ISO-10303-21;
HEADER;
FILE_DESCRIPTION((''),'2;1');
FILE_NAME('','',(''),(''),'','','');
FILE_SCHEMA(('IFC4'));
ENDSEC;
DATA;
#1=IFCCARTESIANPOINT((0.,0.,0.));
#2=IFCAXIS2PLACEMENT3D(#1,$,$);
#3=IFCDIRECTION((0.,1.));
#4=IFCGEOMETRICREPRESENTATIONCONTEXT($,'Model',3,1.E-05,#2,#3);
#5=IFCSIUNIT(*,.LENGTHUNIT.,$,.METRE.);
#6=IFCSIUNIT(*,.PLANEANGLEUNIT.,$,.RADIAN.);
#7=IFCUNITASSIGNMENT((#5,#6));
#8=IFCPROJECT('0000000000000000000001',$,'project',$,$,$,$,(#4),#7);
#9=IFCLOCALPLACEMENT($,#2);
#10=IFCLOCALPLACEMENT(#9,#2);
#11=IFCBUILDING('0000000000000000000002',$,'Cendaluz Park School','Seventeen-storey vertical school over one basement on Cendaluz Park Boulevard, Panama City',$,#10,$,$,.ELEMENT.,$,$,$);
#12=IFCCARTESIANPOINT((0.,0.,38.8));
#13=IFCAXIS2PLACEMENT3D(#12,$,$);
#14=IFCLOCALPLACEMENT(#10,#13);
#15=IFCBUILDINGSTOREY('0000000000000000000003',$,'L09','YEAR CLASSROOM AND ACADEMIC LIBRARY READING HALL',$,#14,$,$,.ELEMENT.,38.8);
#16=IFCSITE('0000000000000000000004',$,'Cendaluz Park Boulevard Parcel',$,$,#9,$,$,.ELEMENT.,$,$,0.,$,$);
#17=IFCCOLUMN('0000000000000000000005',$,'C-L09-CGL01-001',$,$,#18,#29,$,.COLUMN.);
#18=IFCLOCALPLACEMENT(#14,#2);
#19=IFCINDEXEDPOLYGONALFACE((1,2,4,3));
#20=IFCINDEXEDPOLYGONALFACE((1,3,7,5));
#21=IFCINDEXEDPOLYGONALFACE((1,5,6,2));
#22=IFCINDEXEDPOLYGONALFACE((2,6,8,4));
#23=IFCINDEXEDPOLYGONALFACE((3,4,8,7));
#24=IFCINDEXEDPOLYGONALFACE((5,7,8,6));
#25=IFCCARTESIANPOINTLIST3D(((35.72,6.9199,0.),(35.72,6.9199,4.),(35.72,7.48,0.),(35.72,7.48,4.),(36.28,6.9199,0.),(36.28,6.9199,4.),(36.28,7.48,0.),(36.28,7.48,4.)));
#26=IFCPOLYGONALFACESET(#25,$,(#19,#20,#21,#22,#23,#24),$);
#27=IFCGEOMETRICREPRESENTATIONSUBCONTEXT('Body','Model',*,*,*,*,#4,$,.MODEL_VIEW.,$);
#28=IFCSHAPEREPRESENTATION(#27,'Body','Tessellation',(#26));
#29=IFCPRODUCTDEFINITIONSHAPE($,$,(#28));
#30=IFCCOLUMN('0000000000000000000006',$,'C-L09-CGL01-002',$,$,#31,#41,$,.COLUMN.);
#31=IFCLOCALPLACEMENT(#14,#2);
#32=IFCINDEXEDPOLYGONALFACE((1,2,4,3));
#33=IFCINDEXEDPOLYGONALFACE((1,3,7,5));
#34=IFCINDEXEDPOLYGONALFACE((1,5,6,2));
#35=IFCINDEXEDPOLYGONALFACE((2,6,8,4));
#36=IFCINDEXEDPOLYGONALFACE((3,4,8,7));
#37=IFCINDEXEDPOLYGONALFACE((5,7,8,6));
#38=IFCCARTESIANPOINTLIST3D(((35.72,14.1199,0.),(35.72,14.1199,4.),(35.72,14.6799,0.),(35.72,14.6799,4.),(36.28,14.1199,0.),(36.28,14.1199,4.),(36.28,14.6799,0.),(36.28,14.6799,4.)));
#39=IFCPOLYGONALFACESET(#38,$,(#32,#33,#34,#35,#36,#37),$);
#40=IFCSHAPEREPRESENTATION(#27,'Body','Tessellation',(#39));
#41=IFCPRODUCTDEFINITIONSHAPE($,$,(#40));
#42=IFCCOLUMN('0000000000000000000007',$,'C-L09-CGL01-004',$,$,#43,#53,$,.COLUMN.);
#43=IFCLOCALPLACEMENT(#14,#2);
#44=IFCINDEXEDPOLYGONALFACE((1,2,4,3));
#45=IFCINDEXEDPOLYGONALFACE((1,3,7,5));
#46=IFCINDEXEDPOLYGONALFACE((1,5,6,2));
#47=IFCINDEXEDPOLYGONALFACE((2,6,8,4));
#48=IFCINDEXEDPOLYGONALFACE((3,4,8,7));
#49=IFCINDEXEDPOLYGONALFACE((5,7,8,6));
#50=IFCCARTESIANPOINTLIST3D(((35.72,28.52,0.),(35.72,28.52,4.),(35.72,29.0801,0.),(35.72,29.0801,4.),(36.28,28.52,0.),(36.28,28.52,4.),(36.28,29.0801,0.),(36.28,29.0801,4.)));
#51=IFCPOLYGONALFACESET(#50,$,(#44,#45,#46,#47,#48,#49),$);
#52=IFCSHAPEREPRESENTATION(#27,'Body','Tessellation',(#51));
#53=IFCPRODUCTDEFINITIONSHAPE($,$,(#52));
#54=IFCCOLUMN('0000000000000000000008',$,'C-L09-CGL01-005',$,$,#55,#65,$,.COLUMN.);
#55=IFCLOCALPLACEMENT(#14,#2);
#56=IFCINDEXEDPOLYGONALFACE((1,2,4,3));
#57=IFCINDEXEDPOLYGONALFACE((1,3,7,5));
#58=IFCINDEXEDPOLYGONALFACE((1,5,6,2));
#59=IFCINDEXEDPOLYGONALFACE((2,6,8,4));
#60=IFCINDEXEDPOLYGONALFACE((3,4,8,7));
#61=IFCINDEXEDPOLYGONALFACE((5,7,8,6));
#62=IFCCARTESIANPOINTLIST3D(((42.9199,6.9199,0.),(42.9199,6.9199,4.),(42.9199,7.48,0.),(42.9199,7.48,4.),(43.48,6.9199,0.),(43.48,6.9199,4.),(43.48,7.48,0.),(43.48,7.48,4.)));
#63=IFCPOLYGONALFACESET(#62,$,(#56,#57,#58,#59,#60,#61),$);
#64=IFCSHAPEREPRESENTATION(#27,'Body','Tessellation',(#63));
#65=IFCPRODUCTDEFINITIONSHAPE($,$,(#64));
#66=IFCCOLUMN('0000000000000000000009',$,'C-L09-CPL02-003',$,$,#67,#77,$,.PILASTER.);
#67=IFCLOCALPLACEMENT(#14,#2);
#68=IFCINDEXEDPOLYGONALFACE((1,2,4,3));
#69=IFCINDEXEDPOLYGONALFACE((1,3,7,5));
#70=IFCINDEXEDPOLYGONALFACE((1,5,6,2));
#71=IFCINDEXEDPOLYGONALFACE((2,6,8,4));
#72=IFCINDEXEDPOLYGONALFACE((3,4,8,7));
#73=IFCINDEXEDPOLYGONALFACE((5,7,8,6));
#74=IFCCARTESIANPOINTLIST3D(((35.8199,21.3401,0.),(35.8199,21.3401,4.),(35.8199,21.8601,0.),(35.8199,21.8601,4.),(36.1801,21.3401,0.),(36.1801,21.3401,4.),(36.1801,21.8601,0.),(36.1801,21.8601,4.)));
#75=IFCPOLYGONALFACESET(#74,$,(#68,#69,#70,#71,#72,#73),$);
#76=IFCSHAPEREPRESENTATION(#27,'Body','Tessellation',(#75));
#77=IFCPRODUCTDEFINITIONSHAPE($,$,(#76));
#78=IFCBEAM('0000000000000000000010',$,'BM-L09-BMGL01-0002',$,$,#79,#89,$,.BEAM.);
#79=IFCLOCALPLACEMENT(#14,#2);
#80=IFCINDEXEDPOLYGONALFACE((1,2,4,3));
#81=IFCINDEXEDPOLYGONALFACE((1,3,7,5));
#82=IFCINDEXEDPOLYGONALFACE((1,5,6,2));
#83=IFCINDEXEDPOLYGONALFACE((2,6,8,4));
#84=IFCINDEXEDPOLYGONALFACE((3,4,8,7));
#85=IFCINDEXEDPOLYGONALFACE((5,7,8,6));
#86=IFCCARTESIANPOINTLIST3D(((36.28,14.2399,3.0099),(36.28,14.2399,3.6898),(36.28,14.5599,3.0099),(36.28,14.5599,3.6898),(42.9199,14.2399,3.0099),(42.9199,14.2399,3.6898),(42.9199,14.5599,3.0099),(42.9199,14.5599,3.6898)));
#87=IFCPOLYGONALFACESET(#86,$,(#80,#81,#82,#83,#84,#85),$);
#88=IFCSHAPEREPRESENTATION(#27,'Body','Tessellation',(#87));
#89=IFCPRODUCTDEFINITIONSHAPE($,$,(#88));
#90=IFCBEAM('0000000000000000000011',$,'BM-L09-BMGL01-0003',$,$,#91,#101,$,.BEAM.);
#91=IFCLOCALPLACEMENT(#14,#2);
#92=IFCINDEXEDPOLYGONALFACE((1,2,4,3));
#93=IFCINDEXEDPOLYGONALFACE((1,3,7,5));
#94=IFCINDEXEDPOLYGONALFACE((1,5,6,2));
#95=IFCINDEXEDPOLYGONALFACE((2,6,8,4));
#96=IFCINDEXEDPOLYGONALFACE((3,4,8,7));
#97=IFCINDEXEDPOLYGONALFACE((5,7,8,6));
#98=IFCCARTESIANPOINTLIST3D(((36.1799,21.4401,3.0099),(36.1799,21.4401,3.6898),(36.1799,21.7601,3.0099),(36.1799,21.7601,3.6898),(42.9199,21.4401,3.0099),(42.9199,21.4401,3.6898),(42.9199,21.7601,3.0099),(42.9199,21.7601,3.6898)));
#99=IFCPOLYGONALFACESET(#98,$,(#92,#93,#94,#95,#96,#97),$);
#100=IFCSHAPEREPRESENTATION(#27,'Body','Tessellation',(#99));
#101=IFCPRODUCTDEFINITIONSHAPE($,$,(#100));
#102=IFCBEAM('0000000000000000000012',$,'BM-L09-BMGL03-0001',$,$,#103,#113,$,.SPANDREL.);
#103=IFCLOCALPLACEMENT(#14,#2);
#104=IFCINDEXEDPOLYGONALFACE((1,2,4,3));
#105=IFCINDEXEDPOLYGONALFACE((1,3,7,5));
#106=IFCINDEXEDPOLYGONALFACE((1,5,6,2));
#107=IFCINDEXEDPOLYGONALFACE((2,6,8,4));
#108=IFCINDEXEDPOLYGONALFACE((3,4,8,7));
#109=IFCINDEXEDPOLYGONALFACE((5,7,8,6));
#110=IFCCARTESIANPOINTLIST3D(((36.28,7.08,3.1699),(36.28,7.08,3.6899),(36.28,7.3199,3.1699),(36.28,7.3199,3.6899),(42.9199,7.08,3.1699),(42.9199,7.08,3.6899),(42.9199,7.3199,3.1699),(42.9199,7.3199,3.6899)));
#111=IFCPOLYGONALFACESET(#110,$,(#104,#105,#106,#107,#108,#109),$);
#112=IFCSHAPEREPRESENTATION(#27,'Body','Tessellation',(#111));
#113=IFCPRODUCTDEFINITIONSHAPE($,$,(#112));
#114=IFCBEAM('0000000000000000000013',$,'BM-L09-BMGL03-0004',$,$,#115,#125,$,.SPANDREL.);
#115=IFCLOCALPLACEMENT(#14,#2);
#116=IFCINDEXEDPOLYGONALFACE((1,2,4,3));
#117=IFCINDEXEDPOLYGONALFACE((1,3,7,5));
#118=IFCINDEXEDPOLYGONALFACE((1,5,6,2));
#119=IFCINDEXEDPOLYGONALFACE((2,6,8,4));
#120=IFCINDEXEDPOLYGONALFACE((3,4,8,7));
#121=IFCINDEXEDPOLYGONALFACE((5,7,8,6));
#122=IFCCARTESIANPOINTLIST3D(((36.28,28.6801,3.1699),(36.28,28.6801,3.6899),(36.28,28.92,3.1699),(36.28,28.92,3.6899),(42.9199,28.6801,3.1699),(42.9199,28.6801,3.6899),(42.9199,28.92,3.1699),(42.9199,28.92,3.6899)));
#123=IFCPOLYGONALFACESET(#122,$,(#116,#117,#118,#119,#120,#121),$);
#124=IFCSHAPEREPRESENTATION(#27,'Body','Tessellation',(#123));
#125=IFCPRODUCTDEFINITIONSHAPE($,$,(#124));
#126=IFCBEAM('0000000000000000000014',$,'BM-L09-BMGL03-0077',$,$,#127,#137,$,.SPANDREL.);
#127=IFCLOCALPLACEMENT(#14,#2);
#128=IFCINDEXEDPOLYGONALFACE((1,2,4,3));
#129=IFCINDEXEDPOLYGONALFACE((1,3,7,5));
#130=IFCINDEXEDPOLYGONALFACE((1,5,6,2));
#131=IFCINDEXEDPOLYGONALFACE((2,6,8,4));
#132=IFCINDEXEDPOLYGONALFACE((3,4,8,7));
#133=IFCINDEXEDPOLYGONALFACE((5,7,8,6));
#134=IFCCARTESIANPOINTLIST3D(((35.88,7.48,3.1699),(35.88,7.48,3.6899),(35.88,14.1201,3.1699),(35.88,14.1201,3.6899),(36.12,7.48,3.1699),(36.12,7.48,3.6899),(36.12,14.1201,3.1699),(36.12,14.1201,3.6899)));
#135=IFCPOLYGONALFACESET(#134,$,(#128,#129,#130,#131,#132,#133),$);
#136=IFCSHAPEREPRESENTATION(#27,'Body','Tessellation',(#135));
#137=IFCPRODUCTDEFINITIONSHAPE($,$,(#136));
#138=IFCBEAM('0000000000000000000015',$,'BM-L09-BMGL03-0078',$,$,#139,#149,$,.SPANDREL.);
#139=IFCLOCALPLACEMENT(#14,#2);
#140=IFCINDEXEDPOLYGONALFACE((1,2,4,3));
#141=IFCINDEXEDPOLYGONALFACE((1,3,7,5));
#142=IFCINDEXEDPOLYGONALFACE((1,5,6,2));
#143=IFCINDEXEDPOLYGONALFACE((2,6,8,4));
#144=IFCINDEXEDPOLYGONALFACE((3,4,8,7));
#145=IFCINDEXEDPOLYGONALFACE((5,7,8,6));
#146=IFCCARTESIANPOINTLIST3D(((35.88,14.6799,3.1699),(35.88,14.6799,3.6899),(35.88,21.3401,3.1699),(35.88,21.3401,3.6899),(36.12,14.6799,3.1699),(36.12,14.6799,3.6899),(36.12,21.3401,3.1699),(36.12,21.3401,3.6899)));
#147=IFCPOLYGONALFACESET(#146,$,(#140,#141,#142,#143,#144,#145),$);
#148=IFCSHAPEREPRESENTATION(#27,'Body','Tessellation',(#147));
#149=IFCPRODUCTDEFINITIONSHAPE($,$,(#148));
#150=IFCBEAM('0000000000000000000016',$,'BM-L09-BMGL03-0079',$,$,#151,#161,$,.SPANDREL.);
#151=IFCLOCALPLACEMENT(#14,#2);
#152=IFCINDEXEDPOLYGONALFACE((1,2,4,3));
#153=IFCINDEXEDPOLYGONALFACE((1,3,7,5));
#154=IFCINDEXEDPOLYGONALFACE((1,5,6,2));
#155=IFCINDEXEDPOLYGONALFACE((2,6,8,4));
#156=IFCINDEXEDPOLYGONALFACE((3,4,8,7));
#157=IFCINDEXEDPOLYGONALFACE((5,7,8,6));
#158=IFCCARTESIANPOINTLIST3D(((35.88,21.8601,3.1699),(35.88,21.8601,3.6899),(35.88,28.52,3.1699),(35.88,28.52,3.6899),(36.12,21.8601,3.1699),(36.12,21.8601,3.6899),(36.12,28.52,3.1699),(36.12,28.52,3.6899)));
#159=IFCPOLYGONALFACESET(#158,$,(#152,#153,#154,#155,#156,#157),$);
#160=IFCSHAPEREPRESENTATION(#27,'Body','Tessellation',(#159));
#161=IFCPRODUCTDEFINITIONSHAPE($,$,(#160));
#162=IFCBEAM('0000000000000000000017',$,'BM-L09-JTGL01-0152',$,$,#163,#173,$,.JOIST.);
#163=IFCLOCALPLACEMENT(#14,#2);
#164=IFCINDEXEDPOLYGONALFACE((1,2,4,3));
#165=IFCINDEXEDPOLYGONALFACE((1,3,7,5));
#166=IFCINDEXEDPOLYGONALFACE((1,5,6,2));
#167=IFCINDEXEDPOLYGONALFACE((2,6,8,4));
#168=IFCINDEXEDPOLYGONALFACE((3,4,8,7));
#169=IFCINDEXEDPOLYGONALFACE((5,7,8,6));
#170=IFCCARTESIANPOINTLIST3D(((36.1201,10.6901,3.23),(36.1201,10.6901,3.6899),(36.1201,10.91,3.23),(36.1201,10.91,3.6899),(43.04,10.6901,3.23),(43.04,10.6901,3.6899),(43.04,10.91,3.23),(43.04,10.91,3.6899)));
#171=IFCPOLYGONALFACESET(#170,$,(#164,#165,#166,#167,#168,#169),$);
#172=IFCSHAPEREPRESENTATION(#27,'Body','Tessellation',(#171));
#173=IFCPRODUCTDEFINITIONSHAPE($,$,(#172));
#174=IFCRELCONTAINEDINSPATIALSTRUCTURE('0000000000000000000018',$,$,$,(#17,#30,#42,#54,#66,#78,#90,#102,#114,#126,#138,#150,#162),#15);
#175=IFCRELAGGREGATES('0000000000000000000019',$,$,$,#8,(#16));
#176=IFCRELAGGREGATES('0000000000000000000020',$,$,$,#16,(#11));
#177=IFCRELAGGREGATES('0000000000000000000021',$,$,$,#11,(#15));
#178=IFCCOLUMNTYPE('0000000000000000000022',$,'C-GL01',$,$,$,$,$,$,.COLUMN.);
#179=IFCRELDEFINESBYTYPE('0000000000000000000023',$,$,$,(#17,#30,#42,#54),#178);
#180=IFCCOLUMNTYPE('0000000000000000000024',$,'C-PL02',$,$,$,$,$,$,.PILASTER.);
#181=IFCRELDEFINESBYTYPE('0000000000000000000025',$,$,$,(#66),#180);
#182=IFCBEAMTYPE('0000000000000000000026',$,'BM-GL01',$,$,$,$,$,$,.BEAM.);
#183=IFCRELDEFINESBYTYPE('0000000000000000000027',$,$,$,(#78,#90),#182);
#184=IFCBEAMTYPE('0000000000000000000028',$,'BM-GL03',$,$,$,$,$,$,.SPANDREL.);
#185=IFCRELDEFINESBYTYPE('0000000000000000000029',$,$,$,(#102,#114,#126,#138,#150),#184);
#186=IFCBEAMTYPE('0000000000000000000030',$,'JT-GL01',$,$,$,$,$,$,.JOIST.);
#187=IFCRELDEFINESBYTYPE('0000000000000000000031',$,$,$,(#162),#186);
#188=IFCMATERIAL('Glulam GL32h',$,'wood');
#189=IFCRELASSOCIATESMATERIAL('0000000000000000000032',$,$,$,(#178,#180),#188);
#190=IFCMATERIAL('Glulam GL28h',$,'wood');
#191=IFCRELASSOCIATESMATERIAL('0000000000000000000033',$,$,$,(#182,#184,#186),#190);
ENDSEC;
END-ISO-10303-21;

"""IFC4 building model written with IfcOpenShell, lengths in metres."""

from ifc_helpers import new_model, si_unit, direction, frame, origin, origin_2d, place, context, subcontext, project, spatial, rectangle, extrude, material, material_profile, profile_set, type_object, element, save


model = new_model("IFC4")

# Units and contexts
model_context = context("Model", 3, precision=1e-05, world=origin(), true_north=direction((0.0, 1.0)))
body_context = subcontext(model_context, "Body", "Model", "MODEL_VIEW")
ifc_project = project(units=[si_unit("LENGTHUNIT", "METRE"), si_unit("PLANEANGLEUNIT", "RADIAN")], contexts=[model_context])

# Site, building, storey
site_placement = place(None, origin())
site = spatial("IfcSite", under=ifc_project, at=site_placement, Name="Cendaluz Park Boulevard Parcel", CompositionType="ELEMENT", RefElevation=0.0)
building_placement = place(site_placement, origin())
building = spatial("IfcBuilding", under=site, at=building_placement, Name="Cendaluz Park School", Description="Seventeen-storey vertical school over one basement on Cendaluz Park Boulevard, Panama City", CompositionType="ELEMENT")
storey_placement = place(building_placement, frame((0.0, 0.0, 38.8)))
storey = spatial("IfcBuildingStorey", under=building, at=storey_placement, Name="L09", Description="YEAR CLASSROOM AND ACADEMIC LIBRARY READING HALL", CompositionType="ELEMENT", Elevation=38.8)

# Columns
ifc_material_1 = material(Name="Glulam GL32h", Category="wood")
ifc_material_profile_1 = material_profile(ifc_material_1, rectangle(XDim=0.5601, YDim=0.5601, at=origin_2d()), Name="GL32h 560x560", Category="wood")
ifc_profile_set_1 = profile_set([ifc_material_profile_1], Name="Glulam GL32h")
column_type_1 = type_object("IfcColumnType", Name="C-GL01", PredefinedType="COLUMN", material=ifc_profile_set_1)
for number, where, z_axis, x_axis, name in (
    (1, (36.0, 7.2, 0.0), (0.0, 0.0, 1.0), (1.0, 0.0, 0.0), "C-L09-CGL01-001"),
    (2, (36.0, 14.3999, 0.0), (0.0, 0.0, 1.0), (1.0, 0.0, 0.0), "C-L09-CGL01-002"),
    (3, (36.0, 28.8, 0.0), (0.0, 0.0, 1.0), (1.0, 0.0, 0.0), "C-L09-CGL01-004"),
    (4, (43.2, 7.2, 0.0), (0.0, 0.0, 1.0), (1.0, 0.0, 0.0), "C-L09-CGL01-005"),
):
    element("IfcColumn", number, at=place(storey_placement, frame(where, z_axis=z_axis, x_axis=x_axis)), inside=storey, type_object=column_type_1, Name=name, PredefinedType="COLUMN", context=body_context, shape_type="SweptSolid", body=[
        extrude(rectangle(XDim=0.5601, YDim=0.5601, at=origin_2d()), origin(), (0.0, 0.0, 1.0), 4.0),
    ])
ifc_material_profile_2 = material_profile(ifc_material_1, rectangle(XDim=0.3601, YDim=0.52, at=origin_2d()), Name="GL32h 360x520", Category="wood")
ifc_profile_set_2 = profile_set([ifc_material_profile_2], Name="Glulam GL32h")
column_type_2 = type_object("IfcColumnType", Name="C-PL02", PredefinedType="PILASTER", material=ifc_profile_set_2)
column_placement = place(storey_placement, frame((36.0, 21.6001, 0.0), z_axis=(0.0, 0.0, 1.0), x_axis=(1.0, 0.0, 0.0)))
element("IfcColumn", 5, at=column_placement, inside=storey, type_object=column_type_2, Name="C-L09-CPL02-003", PredefinedType="PILASTER", context=body_context, shape_type="SweptSolid", body=[
    extrude(rectangle(XDim=0.3601, YDim=0.52, at=origin_2d()), origin(), (0.0, 0.0, 1.0), 4.0),
])

# Beams
ifc_material_2 = material(Name="Glulam GL28h", Category="wood")
ifc_material_profile_3 = material_profile(ifc_material_2, rectangle(XDim=0.3201, YDim=0.6799, at=origin_2d()), Name="GL28h 320x680", Category="wood")
ifc_profile_set_3 = profile_set([ifc_material_profile_3], Name="Glulam GL28h")
beam_type_1 = type_object("IfcBeamType", Name="BM-GL01", PredefinedType="BEAM", material=ifc_profile_set_3)
beam_1_placement = place(storey_placement, frame((36.28, 14.3999, 3.3499), z_axis=(1.0, 0.0, 0.0), x_axis=(0.0, 1.0, 0.0)))
element("IfcBeam", 6, at=beam_1_placement, inside=storey, type_object=beam_type_1, Name="BM-L09-BMGL01-0002", PredefinedType="BEAM", context=body_context, shape_type="SweptSolid", body=[
    extrude(rectangle(XDim=0.3201, YDim=0.6799, at=origin_2d()), origin(), (0.0, 0.0, 1.0), 6.6399),
])
beam_2_placement = place(storey_placement, frame((36.1799, 21.6001, 3.3499), z_axis=(1.0, 0.0, 0.0), x_axis=(0.0, 1.0, 0.0)))
element("IfcBeam", 7, at=beam_2_placement, inside=storey, type_object=beam_type_1, Name="BM-L09-BMGL01-0003", PredefinedType="BEAM", context=body_context, shape_type="SweptSolid", body=[
    extrude(rectangle(XDim=0.3201, YDim=0.6799, at=origin_2d()), origin(), (0.0, 0.0, 1.0), 6.74),
])
ifc_material_profile_4 = material_profile(ifc_material_2, rectangle(XDim=0.24, YDim=0.52, at=origin_2d()), Name="GL28h 240x520", Category="wood")
ifc_profile_set_4 = profile_set([ifc_material_profile_4], Name="Glulam GL28h")
beam_type_2 = type_object("IfcBeamType", Name="BM-GL03", PredefinedType="SPANDREL", material=ifc_profile_set_4)
for number, where, z_axis, x_axis, name in (
    (8, (36.28, 7.2, 3.4299), (1.0, 0.0, 0.0), (0.0, 1.0, 0.0), "BM-L09-BMGL03-0001"),
    (9, (36.28, 28.8, 3.4299), (1.0, 0.0, 0.0), (0.0, 1.0, 0.0), "BM-L09-BMGL03-0004"),
):
    element("IfcBeam", number, at=place(storey_placement, frame(where, z_axis=z_axis, x_axis=x_axis)), inside=storey, type_object=beam_type_2, Name=name, PredefinedType="SPANDREL", context=body_context, shape_type="SweptSolid", body=[
        extrude(rectangle(XDim=0.24, YDim=0.52, at=origin_2d()), origin(), (0.0, 0.0, 1.0), 6.6399),
    ])
beam_3_placement = place(storey_placement, frame((36.0, 7.48, 3.4299), z_axis=(0.0, 1.0, 0.0), x_axis=(-1.0, 0.0, 0.0)))
element("IfcBeam", 10, at=beam_3_placement, inside=storey, type_object=beam_type_2, Name="BM-L09-BMGL03-0077", PredefinedType="SPANDREL", context=body_context, shape_type="SweptSolid", body=[
    extrude(rectangle(XDim=0.24, YDim=0.52, at=origin_2d()), origin(), (0.0, 0.0, 1.0), 6.6401),
])
beam_4_placement = place(storey_placement, frame((36.0, 14.6799, 3.4299), z_axis=(0.0, 1.0, 0.0), x_axis=(-1.0, 0.0, 0.0)))
element("IfcBeam", 11, at=beam_4_placement, inside=storey, type_object=beam_type_2, Name="BM-L09-BMGL03-0078", PredefinedType="SPANDREL", context=body_context, shape_type="SweptSolid", body=[
    extrude(rectangle(XDim=0.24, YDim=0.52, at=origin_2d()), origin(), (0.0, 0.0, 1.0), 6.6602),
])
beam_5_placement = place(storey_placement, frame((36.0, 21.8601, 3.4299), z_axis=(0.0, 1.0, 0.0), x_axis=(-1.0, 0.0, 0.0)))
element("IfcBeam", 12, at=beam_5_placement, inside=storey, type_object=beam_type_2, Name="BM-L09-BMGL03-0079", PredefinedType="SPANDREL", context=body_context, shape_type="SweptSolid", body=[
    extrude(rectangle(XDim=0.24, YDim=0.52, at=origin_2d()), origin(), (0.0, 0.0, 1.0), 6.6599),
])
ifc_material_profile_5 = material_profile(ifc_material_2, rectangle(XDim=0.22, YDim=0.46, at=origin_2d()), Name="GL28h 220x460", Category="wood")
ifc_profile_set_5 = profile_set([ifc_material_profile_5], Name="Glulam GL28h")
beam_type_3 = type_object("IfcBeamType", Name="JT-GL01", PredefinedType="JOIST", material=ifc_profile_set_5)
beam_6_placement = place(storey_placement, frame((36.1201, 10.8, 3.46), z_axis=(1.0, 0.0, 0.0), x_axis=(0.0, 1.0, 0.0)))
element("IfcBeam", 13, at=beam_6_placement, inside=storey, type_object=beam_type_3, Name="BM-L09-JTGL01-0152", PredefinedType="JOIST", context=body_context, shape_type="SweptSolid", body=[
    extrude(rectangle(XDim=0.22, YDim=0.46, at=origin_2d()), origin(), (0.0, 0.0, 1.0), 6.9199),
])

save(model, "model.ifc")
